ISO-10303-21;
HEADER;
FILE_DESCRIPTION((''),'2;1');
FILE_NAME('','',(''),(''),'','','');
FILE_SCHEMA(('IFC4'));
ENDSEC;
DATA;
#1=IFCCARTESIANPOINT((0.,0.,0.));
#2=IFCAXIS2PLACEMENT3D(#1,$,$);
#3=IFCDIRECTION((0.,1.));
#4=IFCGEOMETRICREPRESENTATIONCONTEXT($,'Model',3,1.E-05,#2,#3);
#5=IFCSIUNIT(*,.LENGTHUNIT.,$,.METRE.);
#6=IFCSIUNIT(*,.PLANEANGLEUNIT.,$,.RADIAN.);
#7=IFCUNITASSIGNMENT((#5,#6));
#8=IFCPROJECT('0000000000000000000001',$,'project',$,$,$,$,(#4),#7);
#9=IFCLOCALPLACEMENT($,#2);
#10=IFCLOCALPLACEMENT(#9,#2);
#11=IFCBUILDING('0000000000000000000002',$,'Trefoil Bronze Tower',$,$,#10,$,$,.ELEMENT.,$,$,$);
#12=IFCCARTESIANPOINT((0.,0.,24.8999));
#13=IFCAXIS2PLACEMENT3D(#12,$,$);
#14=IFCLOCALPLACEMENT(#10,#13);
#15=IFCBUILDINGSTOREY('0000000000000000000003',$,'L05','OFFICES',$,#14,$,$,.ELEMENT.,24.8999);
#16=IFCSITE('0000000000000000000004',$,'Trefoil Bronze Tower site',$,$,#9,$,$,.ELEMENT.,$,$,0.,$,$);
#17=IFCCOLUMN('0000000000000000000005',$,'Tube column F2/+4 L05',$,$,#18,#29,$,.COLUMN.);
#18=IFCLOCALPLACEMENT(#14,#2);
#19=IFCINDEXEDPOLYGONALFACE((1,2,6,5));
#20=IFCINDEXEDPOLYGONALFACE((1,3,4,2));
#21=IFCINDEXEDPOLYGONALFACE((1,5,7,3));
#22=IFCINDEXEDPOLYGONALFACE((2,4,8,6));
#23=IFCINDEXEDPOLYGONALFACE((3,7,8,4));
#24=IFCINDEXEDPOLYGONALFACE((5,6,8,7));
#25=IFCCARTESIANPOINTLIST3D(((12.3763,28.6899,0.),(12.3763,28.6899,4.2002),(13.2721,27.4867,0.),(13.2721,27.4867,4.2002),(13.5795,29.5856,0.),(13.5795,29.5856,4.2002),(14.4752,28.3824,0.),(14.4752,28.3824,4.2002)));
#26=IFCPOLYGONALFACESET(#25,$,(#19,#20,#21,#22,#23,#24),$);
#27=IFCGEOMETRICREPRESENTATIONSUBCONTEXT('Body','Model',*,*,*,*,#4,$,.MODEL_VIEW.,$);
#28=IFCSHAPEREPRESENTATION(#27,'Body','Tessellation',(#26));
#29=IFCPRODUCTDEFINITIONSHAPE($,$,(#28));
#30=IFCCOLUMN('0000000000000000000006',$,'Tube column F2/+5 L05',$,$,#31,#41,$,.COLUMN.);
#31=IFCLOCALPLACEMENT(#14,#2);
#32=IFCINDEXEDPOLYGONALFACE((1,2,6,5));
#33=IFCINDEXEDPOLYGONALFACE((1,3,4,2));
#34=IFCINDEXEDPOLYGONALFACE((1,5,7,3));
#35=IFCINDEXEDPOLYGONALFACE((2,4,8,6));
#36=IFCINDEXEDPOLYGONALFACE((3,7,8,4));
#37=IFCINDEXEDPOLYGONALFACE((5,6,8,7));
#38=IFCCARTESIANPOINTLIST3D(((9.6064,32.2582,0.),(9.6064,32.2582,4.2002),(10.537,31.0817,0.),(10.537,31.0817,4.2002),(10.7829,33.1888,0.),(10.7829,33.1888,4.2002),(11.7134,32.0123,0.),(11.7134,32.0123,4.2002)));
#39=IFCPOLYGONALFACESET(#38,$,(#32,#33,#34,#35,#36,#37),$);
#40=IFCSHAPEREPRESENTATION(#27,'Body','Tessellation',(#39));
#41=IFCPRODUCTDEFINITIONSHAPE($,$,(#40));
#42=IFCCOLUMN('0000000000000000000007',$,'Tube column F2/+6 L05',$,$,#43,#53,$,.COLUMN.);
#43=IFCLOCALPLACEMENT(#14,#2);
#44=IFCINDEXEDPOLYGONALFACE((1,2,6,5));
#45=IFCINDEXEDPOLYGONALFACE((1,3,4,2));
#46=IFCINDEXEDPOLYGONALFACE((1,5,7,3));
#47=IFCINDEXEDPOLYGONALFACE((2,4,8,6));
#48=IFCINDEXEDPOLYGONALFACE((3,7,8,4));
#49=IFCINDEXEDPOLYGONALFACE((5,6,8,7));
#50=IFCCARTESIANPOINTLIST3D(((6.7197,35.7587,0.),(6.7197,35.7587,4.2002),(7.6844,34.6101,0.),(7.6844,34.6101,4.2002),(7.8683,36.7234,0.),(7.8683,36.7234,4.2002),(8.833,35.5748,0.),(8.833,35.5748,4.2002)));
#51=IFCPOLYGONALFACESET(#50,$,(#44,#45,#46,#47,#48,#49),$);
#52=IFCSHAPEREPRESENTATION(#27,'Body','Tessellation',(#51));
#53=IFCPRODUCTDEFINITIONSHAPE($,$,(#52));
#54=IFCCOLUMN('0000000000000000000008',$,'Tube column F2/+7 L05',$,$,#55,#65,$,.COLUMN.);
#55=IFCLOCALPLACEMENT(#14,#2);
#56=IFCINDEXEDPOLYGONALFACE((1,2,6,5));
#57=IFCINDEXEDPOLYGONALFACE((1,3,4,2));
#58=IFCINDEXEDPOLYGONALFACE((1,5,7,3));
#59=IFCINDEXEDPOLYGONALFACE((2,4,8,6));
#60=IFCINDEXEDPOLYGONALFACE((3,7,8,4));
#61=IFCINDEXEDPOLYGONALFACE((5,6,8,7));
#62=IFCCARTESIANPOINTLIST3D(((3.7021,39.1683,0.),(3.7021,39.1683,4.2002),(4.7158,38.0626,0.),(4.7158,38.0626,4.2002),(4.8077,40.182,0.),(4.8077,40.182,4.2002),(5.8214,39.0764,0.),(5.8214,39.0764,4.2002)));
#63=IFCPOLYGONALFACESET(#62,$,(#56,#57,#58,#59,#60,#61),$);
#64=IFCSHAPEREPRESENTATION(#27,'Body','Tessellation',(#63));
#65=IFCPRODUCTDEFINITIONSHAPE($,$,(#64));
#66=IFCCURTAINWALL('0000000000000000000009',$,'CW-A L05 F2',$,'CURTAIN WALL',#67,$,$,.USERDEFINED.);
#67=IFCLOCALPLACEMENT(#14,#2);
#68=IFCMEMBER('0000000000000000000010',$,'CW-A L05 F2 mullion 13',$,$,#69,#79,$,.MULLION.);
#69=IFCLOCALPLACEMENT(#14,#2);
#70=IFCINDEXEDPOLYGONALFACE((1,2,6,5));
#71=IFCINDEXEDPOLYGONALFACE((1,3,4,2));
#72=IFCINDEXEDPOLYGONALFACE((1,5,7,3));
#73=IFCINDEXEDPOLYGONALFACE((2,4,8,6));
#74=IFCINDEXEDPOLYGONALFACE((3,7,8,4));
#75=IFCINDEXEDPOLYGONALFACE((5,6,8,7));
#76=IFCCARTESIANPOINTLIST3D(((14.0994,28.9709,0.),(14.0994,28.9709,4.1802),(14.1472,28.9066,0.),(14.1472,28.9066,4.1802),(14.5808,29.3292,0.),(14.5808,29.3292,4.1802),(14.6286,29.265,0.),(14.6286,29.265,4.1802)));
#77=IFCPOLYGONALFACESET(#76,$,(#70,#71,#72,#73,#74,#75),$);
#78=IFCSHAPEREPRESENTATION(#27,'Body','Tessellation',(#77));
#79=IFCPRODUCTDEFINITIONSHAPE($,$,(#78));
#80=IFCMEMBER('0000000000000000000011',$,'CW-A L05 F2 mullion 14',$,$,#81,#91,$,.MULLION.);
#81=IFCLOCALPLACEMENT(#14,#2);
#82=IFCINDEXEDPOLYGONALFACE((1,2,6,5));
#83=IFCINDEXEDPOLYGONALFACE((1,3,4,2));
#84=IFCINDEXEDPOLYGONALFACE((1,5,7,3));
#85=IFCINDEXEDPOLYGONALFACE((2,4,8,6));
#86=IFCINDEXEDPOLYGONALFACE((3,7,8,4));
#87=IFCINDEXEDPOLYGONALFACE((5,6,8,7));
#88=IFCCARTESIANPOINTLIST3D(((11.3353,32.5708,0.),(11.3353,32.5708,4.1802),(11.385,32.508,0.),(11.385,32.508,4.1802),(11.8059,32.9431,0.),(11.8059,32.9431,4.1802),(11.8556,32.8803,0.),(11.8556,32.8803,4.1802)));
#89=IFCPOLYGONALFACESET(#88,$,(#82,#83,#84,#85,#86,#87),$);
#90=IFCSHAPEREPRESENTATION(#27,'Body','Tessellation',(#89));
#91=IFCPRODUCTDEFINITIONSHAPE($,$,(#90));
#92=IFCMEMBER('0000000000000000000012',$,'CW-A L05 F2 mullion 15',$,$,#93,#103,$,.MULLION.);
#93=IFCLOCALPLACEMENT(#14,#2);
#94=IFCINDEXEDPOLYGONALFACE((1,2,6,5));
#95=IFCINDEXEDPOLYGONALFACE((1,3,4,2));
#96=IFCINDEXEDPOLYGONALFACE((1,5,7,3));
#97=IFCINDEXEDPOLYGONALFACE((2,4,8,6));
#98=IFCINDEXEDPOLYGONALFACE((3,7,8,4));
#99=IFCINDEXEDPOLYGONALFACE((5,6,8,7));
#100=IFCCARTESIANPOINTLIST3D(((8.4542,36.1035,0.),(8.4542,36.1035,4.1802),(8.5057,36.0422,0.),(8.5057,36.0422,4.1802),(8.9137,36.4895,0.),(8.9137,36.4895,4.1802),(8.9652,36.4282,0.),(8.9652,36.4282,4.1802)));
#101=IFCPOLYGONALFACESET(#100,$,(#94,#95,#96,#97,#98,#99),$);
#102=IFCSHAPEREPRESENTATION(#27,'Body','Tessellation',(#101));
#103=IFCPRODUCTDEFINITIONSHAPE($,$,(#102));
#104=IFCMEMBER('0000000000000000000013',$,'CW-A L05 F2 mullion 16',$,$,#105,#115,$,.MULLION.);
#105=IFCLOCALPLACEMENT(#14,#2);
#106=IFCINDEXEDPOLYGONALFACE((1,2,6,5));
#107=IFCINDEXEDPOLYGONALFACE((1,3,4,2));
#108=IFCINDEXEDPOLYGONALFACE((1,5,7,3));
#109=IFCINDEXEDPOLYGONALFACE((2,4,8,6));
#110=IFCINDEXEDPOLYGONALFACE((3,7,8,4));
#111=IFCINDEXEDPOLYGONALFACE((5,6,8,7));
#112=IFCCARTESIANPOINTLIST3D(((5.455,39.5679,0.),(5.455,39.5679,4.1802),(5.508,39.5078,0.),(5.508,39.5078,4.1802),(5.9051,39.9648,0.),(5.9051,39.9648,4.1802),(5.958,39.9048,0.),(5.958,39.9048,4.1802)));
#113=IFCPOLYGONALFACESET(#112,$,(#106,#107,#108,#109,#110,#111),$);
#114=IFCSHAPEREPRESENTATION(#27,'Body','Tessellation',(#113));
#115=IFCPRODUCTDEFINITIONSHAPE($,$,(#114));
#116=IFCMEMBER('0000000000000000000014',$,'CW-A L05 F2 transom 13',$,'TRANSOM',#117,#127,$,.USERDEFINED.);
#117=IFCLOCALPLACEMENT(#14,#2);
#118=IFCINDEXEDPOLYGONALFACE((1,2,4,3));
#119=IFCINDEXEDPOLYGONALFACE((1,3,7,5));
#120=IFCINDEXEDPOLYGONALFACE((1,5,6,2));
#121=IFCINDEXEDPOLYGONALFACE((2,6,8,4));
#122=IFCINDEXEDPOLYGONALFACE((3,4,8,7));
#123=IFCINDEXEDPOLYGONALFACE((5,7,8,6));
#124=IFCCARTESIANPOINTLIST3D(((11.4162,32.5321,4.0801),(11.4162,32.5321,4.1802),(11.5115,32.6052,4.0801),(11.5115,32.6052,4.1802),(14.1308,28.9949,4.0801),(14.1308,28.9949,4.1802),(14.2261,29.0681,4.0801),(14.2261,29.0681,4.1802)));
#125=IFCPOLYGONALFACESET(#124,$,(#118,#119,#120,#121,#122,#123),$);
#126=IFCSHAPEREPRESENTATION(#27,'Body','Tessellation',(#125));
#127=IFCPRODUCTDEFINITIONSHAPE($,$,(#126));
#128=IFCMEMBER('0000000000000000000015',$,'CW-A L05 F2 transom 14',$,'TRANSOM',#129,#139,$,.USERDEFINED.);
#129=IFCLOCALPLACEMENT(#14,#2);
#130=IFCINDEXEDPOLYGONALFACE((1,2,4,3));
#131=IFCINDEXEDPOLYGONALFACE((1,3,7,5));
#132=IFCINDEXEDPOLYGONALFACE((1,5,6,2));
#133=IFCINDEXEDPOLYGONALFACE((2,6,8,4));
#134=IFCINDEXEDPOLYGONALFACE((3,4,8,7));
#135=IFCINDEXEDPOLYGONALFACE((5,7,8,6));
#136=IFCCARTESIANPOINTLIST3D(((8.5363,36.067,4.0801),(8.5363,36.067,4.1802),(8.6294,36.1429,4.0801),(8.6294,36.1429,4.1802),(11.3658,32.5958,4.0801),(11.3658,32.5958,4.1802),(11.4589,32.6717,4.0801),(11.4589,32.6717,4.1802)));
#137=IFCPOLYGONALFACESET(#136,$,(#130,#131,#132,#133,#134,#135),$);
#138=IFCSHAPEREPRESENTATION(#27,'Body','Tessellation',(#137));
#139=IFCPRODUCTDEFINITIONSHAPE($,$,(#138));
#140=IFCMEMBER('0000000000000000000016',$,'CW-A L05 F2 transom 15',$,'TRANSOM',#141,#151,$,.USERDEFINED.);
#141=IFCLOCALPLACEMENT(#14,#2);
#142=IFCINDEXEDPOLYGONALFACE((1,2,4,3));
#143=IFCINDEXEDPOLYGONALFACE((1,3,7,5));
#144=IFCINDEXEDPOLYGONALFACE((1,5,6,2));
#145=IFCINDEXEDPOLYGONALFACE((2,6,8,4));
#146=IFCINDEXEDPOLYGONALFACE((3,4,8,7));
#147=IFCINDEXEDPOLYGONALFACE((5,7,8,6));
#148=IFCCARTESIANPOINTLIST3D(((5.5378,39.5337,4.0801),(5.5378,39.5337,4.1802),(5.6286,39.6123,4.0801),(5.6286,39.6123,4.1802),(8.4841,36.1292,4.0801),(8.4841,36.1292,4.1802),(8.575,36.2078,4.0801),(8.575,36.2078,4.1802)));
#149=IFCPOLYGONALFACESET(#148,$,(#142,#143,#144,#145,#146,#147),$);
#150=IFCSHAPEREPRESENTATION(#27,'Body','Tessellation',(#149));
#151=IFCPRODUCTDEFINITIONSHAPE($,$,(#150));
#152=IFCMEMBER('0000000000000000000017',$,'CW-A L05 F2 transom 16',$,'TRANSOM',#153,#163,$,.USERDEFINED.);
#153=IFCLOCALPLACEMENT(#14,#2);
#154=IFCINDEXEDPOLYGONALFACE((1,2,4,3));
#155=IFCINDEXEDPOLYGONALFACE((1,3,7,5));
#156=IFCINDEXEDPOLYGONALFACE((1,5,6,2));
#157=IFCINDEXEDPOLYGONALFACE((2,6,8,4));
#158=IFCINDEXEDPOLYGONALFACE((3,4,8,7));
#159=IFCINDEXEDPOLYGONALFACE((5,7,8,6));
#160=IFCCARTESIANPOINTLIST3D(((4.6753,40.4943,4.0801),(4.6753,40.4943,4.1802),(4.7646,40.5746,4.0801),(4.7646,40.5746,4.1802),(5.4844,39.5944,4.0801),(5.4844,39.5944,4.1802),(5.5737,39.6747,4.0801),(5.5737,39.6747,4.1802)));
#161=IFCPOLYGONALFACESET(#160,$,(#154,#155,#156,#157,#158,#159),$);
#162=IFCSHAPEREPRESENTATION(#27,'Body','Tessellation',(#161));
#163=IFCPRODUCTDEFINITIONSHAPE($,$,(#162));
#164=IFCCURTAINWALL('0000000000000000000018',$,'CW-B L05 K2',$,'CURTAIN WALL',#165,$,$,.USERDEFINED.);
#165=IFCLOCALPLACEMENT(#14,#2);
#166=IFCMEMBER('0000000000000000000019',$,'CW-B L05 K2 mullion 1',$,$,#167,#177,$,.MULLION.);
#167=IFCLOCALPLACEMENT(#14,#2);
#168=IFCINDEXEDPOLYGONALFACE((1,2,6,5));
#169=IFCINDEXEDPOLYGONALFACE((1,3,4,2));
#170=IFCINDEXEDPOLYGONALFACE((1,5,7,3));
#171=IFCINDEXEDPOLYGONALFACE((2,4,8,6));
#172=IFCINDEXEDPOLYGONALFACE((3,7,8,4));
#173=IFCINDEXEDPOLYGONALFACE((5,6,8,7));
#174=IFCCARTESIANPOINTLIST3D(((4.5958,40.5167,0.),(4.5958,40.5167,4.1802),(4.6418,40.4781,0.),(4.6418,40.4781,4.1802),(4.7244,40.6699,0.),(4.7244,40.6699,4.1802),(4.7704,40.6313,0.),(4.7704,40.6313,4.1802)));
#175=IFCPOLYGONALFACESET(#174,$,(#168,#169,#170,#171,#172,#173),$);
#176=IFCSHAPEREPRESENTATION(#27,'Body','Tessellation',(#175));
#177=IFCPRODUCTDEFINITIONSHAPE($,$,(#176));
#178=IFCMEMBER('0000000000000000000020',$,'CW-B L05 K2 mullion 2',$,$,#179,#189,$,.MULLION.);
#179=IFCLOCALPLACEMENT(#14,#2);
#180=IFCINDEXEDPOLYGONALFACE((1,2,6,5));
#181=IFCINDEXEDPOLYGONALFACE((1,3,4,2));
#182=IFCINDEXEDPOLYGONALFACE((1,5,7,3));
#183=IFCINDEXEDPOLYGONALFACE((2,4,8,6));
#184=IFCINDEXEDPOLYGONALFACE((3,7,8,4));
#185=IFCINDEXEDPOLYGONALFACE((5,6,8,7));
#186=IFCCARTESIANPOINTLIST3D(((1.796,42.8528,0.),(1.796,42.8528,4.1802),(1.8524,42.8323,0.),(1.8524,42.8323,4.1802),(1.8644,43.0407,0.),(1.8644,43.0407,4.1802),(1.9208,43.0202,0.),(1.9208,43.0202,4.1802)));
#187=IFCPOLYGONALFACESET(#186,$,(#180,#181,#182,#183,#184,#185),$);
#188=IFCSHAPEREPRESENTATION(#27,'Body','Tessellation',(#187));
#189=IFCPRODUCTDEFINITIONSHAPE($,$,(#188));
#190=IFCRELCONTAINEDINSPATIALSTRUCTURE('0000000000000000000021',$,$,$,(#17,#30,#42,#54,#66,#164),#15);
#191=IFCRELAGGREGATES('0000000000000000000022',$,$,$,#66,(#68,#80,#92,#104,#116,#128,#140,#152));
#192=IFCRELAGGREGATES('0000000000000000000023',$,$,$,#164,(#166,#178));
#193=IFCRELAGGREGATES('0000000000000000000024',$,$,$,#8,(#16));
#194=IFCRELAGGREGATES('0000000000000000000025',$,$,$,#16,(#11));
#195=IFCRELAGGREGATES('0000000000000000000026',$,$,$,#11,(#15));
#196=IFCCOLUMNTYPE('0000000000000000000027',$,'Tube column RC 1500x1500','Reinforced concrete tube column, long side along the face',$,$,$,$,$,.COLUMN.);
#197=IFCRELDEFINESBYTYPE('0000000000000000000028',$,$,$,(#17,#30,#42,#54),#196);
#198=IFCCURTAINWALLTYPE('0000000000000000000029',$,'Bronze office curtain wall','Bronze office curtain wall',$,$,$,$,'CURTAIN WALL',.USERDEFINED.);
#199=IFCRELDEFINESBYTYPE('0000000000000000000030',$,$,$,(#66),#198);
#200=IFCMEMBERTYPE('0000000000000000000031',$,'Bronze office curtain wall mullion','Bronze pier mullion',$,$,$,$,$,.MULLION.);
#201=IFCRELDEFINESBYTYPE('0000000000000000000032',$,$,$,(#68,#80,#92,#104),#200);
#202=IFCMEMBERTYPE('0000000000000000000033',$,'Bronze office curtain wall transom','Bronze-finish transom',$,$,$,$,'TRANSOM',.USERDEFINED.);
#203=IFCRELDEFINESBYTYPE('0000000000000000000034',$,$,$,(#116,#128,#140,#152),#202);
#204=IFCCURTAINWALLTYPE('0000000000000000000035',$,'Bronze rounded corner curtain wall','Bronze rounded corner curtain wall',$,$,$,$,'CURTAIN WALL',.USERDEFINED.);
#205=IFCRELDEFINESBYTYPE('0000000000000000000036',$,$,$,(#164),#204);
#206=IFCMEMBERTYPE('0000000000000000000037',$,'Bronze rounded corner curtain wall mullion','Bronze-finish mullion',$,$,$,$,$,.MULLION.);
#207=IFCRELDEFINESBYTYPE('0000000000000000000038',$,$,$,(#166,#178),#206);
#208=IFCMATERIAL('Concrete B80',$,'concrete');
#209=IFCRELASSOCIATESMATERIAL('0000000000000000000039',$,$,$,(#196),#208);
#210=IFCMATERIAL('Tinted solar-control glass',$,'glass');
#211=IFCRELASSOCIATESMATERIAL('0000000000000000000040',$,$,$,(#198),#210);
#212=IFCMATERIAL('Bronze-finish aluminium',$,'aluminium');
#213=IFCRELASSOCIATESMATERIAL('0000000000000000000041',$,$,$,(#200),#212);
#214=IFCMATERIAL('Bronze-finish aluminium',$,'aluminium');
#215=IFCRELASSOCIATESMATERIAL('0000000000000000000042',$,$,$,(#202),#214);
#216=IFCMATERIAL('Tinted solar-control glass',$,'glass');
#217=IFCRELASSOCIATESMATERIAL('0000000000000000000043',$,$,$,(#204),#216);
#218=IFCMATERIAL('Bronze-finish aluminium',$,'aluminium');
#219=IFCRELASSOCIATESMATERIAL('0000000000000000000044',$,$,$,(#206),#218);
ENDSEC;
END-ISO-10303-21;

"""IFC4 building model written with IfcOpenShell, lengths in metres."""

from ifc_helpers import new_model, si_unit, direction, frame, origin, origin_2d, place, context, subcontext, project, spatial, rectangle, extrude, material, material_profile, profile_set, type_object, element, aggregate, save


model = new_model("IFC4")

# Units and contexts
model_context = context("Model", 3, precision=1e-05, world=origin(), true_north=direction((0.0, 1.0)))
body_context = subcontext(model_context, "Body", "Model", "MODEL_VIEW")
ifc_project = project(units=[si_unit("LENGTHUNIT", "METRE"), si_unit("PLANEANGLEUNIT", "RADIAN")], contexts=[model_context])

# Site, building, storey
site_placement = place(None, origin())
site = spatial("IfcSite", under=ifc_project, at=site_placement, Name="Trefoil Bronze Tower site", CompositionType="ELEMENT", RefElevation=0.0)
building_placement = place(site_placement, origin())
building = spatial("IfcBuilding", under=site, at=building_placement, Name="Trefoil Bronze Tower", CompositionType="ELEMENT")
storey_placement = place(building_placement, frame((0.0, 0.0, 24.8999)))
storey = spatial("IfcBuildingStorey", under=building, at=storey_placement, Name="L05", Description="OFFICES", CompositionType="ELEMENT", Elevation=24.8999)

# Columns
ifc_material_1 = material(Name="Concrete B80", Category="concrete")
ifc_material_profile_1 = material_profile(ifc_material_1, rectangle(XDim=1.5, YDim=1.5, at=origin_2d()), Name="RC 1500x1500")
ifc_profile_set_1 = profile_set([ifc_material_profile_1], Name="Concrete B80")
column_type = type_object("IfcColumnType", Name="Tube column RC 1500x1500", Description="Reinforced concrete tube column, long side along the face", PredefinedType="COLUMN", material=ifc_profile_set_1)
for number, where, z_axis, x_axis, name in (
    (1, (13.4258, 28.5361, 0.0), (0.0, 0.0, 1.0), (-0.597154, 0.802127, 0.0), "Tube column F2/+4 L05"),
    (2, (10.6599, 32.1353, 0.0), (0.0, 0.0, 1.0), (-0.620376, 0.784305, 0.0), "Tube column F2/+5 L05"),
    (3, (7.7764, 35.6667, 0.0), (0.0, 0.0, 1.0), (-0.643163, 0.765729, 0.0), "Tube column F2/+6 L05"),
    (4, (4.7617, 39.1223, 0.0), (0.0, 0.0, 1.0), (-0.675816, 0.73707, 0.0), "Tube column F2/+7 L05"),
):
    element("IfcColumn", number, at=place(storey_placement, frame(where, z_axis=z_axis, x_axis=x_axis)), inside=storey, type_object=column_type, Name=name, PredefinedType="COLUMN", context=body_context, shape_type="SweptSolid", body=[
        extrude(rectangle(XDim=1.5, YDim=1.5, at=origin_2d()), origin(), (0.0, 0.0, 1.0), 4.2002),
    ])

# Curtain walls, members
ifc_material_2 = material(Name="Tinted solar-control glass", Category="glass")
curtain_wall_type_1 = type_object("IfcCurtainWallType", Name="Bronze office curtain wall", Description="Bronze office curtain wall", ElementType="CURTAIN WALL", PredefinedType="USERDEFINED", material=ifc_material_2)
curtain_wall_1_placement = place(storey_placement, origin())
curtain_wall_1 = element("IfcCurtainWall", 5, at=curtain_wall_1_placement, inside=storey, type_object=curtain_wall_type_1, Name="CW-A L05 F2", ObjectType="CURTAIN WALL", PredefinedType="USERDEFINED")
ifc_material_3 = material(Name="Bronze-finish aluminium", Category="aluminium")
ifc_material_profile_2 = material_profile(ifc_material_3, rectangle(XDim=0.6001, YDim=0.0801, at=origin_2d()), Name="CW-A mullion")
ifc_profile_set_2 = profile_set([ifc_material_profile_2], Name="Bronze-finish aluminium")
member_type_1 = type_object("IfcMemberType", Name="Bronze office curtain wall mullion", Description="Bronze pier mullion", PredefinedType="MULLION", material=ifc_profile_set_2)
member_1_placement = place(storey_placement, frame((14.364, 29.1179, 0.0), z_axis=(0.0, 0.0, 1.0), x_axis=(-0.802127, -0.597154, 0.0)))
member_1 = element("IfcMember", 6, at=member_1_placement, type_object=member_type_1, Name="CW-A L05 F2 mullion 13", PredefinedType="MULLION", context=body_context, shape_type="SweptSolid", body=[
    extrude(rectangle(XDim=0.6001, YDim=0.0801, at=origin_2d()), origin(), (0.0, 0.0, 1.0), 4.1802),
])
member_2_placement = place(storey_placement, frame((11.5955, 32.7256, 0.0), z_axis=(0.0, 0.0, 1.0), x_axis=(-0.784305, -0.620376, 0.0)))
member_2 = element("IfcMember", 7, at=member_2_placement, type_object=member_type_1, Name="CW-A L05 F2 mullion 14", PredefinedType="MULLION", context=body_context, shape_type="SweptSolid", body=[
    extrude(rectangle(XDim=0.6001, YDim=0.0801, at=origin_2d()), origin(), (0.0, 0.0, 1.0), 4.1802),
])
member_3_placement = place(storey_placement, frame((8.7097, 36.2659, 0.0), z_axis=(0.0, 0.0, 1.0), x_axis=(-0.765729, -0.643163, 0.0)))
member_3 = element("IfcMember", 8, at=member_3_placement, type_object=member_type_1, Name="CW-A L05 F2 mullion 15", PredefinedType="MULLION", context=body_context, shape_type="SweptSolid", body=[
    extrude(rectangle(XDim=0.6001, YDim=0.0801, at=origin_2d()), origin(), (0.0, 0.0, 1.0), 4.1802),
])
member_4_placement = place(storey_placement, frame((5.7065, 39.7363, 0.0), z_axis=(0.0, 0.0, 1.0), x_axis=(-0.749941, -0.661505, 0.0)))
member_4 = element("IfcMember", 9, at=member_4_placement, type_object=member_type_1, Name="CW-A L05 F2 mullion 16", PredefinedType="MULLION", context=body_context, shape_type="SweptSolid", body=[
    extrude(rectangle(XDim=0.6001, YDim=0.0801, at=origin_2d()), origin(), (0.0, 0.0, 1.0), 4.1802),
])
ifc_material_4 = material(Name="Bronze-finish aluminium", Category="aluminium")
ifc_material_profile_3 = material_profile(ifc_material_4, rectangle(XDim=0.1201, YDim=0.1001, at=origin_2d()), Name="CW-A transom")
ifc_profile_set_3 = profile_set([ifc_material_profile_3], Name="Bronze-finish aluminium")
member_type_2 = type_object("IfcMemberType", Name="Bronze office curtain wall transom", Description="Bronze-finish transom", ElementType="TRANSOM", PredefinedType="USERDEFINED", material=ifc_profile_set_3)
member_5_placement = place(storey_placement, frame((14.1785, 29.0315, 4.1301), z_axis=(-0.608829, 0.793301, 0.0), x_axis=(-0.793301, -0.608829, 0.0)))
member_5 = element("IfcMember", 10, at=member_5_placement, type_object=member_type_2, Name="CW-A L05 F2 transom 13", ObjectType="TRANSOM", PredefinedType="USERDEFINED", context=body_context, shape_type="SweptSolid", body=[
    extrude(rectangle(XDim=0.1201, YDim=0.1001, at=origin_2d()), origin(), (0.0, 0.0, 1.0), 4.4587),
])
member_6_placement = place(storey_placement, frame((11.4124, 32.6338, 4.1301), z_axis=(-0.631836, 0.775102, 0.0), x_axis=(-0.775102, -0.631836, 0.0)))
member_6 = element("IfcMember", 11, at=member_6_placement, type_object=member_type_2, Name="CW-A L05 F2 transom 14", ObjectType="TRANSOM", PredefinedType="USERDEFINED", context=body_context, shape_type="SweptSolid", body=[
    extrude(rectangle(XDim=0.1201, YDim=0.1001, at=origin_2d()), origin(), (0.0, 0.0, 1.0), 4.4783),
])
member_7_placement = place(storey_placement, frame((8.5295, 36.1685, 4.1301), z_axis=(-0.654383, 0.756163, 0.0), x_axis=(-0.756163, -0.654383, 0.0)))
member_7 = element("IfcMember", 12, at=member_7_placement, type_object=member_type_2, Name="CW-A L05 F2 transom 15", ObjectType="TRANSOM", PredefinedType="USERDEFINED", context=body_context, shape_type="SweptSolid", body=[
    extrude(rectangle(XDim=0.1201, YDim=0.1001, at=origin_2d()), origin(), (0.0, 0.0, 1.0), 4.5024),
])
member_8_placement = place(storey_placement, frame((5.5291, 39.6345, 4.1301), z_axis=(-0.668586, 0.743635, 0.0), x_axis=(-0.743635, -0.668586, 0.0)))
member_8 = element("IfcMember", 13, at=member_8_placement, type_object=member_type_2, Name="CW-A L05 F2 transom 16", ObjectType="TRANSOM", PredefinedType="USERDEFINED", context=body_context, shape_type="SweptSolid", body=[
    extrude(rectangle(XDim=0.1201, YDim=0.1001, at=origin_2d()), origin(), (0.0, 0.0, 1.0), 1.2102),
])
ifc_material_5 = material(Name="Tinted solar-control glass", Category="glass")
curtain_wall_type_2 = type_object("IfcCurtainWallType", Name="Bronze rounded corner curtain wall", Description="Bronze rounded corner curtain wall", ElementType="CURTAIN WALL", PredefinedType="USERDEFINED", material=ifc_material_5)
curtain_wall_2_placement = place(storey_placement, origin())
curtain_wall_2 = element("IfcCurtainWall", 14, at=curtain_wall_2_placement, inside=storey, type_object=curtain_wall_type_2, Name="CW-B L05 K2", ObjectType="CURTAIN WALL", PredefinedType="USERDEFINED")
ifc_material_6 = material(Name="Bronze-finish aluminium", Category="aluminium")
ifc_material_profile_4 = material_profile(ifc_material_6, rectangle(XDim=0.2, YDim=0.0601, at=origin_2d()), Name="CW-B mullion")
ifc_profile_set_4 = profile_set([ifc_material_profile_4], Name="Bronze-finish aluminium")
member_type_3 = type_object("IfcMemberType", Name="Bronze rounded corner curtain wall mullion", Description="Bronze-finish mullion", PredefinedType="MULLION", material=ifc_profile_set_4)
member_9_placement = place(storey_placement, frame((4.6831, 40.574, 0.0), z_axis=(0.0, 0.0, 1.0), x_axis=(-0.642788, -0.766044, 0.0)))
member_9 = element("IfcMember", 15, at=member_9_placement, type_object=member_type_3, Name="CW-B L05 K2 mullion 1", PredefinedType="MULLION", context=body_context, shape_type="SweptSolid", body=[
    extrude(rectangle(XDim=0.2, YDim=0.0601, at=origin_2d()), origin(), (0.0, 0.0, 1.0), 4.1802),
])
member_10_placement = place(storey_placement, frame((1.8584, 42.9365, 0.0), z_axis=(0.0, 0.0, 1.0), x_axis=(-0.34202, -0.939693, 0.0)))
member_10 = element("IfcMember", 16, at=member_10_placement, type_object=member_type_3, Name="CW-B L05 K2 mullion 2", PredefinedType="MULLION", context=body_context, shape_type="SweptSolid", body=[
    extrude(rectangle(XDim=0.2, YDim=0.0601, at=origin_2d()), origin(), (0.0, 0.0, 1.0), 4.1802),
])

aggregate(curtain_wall_1, [member_1, member_2, member_3, member_4, member_5, member_6, member_7, member_8])
aggregate(curtain_wall_2, [member_9, member_10])

save(model, "model.ifc")
